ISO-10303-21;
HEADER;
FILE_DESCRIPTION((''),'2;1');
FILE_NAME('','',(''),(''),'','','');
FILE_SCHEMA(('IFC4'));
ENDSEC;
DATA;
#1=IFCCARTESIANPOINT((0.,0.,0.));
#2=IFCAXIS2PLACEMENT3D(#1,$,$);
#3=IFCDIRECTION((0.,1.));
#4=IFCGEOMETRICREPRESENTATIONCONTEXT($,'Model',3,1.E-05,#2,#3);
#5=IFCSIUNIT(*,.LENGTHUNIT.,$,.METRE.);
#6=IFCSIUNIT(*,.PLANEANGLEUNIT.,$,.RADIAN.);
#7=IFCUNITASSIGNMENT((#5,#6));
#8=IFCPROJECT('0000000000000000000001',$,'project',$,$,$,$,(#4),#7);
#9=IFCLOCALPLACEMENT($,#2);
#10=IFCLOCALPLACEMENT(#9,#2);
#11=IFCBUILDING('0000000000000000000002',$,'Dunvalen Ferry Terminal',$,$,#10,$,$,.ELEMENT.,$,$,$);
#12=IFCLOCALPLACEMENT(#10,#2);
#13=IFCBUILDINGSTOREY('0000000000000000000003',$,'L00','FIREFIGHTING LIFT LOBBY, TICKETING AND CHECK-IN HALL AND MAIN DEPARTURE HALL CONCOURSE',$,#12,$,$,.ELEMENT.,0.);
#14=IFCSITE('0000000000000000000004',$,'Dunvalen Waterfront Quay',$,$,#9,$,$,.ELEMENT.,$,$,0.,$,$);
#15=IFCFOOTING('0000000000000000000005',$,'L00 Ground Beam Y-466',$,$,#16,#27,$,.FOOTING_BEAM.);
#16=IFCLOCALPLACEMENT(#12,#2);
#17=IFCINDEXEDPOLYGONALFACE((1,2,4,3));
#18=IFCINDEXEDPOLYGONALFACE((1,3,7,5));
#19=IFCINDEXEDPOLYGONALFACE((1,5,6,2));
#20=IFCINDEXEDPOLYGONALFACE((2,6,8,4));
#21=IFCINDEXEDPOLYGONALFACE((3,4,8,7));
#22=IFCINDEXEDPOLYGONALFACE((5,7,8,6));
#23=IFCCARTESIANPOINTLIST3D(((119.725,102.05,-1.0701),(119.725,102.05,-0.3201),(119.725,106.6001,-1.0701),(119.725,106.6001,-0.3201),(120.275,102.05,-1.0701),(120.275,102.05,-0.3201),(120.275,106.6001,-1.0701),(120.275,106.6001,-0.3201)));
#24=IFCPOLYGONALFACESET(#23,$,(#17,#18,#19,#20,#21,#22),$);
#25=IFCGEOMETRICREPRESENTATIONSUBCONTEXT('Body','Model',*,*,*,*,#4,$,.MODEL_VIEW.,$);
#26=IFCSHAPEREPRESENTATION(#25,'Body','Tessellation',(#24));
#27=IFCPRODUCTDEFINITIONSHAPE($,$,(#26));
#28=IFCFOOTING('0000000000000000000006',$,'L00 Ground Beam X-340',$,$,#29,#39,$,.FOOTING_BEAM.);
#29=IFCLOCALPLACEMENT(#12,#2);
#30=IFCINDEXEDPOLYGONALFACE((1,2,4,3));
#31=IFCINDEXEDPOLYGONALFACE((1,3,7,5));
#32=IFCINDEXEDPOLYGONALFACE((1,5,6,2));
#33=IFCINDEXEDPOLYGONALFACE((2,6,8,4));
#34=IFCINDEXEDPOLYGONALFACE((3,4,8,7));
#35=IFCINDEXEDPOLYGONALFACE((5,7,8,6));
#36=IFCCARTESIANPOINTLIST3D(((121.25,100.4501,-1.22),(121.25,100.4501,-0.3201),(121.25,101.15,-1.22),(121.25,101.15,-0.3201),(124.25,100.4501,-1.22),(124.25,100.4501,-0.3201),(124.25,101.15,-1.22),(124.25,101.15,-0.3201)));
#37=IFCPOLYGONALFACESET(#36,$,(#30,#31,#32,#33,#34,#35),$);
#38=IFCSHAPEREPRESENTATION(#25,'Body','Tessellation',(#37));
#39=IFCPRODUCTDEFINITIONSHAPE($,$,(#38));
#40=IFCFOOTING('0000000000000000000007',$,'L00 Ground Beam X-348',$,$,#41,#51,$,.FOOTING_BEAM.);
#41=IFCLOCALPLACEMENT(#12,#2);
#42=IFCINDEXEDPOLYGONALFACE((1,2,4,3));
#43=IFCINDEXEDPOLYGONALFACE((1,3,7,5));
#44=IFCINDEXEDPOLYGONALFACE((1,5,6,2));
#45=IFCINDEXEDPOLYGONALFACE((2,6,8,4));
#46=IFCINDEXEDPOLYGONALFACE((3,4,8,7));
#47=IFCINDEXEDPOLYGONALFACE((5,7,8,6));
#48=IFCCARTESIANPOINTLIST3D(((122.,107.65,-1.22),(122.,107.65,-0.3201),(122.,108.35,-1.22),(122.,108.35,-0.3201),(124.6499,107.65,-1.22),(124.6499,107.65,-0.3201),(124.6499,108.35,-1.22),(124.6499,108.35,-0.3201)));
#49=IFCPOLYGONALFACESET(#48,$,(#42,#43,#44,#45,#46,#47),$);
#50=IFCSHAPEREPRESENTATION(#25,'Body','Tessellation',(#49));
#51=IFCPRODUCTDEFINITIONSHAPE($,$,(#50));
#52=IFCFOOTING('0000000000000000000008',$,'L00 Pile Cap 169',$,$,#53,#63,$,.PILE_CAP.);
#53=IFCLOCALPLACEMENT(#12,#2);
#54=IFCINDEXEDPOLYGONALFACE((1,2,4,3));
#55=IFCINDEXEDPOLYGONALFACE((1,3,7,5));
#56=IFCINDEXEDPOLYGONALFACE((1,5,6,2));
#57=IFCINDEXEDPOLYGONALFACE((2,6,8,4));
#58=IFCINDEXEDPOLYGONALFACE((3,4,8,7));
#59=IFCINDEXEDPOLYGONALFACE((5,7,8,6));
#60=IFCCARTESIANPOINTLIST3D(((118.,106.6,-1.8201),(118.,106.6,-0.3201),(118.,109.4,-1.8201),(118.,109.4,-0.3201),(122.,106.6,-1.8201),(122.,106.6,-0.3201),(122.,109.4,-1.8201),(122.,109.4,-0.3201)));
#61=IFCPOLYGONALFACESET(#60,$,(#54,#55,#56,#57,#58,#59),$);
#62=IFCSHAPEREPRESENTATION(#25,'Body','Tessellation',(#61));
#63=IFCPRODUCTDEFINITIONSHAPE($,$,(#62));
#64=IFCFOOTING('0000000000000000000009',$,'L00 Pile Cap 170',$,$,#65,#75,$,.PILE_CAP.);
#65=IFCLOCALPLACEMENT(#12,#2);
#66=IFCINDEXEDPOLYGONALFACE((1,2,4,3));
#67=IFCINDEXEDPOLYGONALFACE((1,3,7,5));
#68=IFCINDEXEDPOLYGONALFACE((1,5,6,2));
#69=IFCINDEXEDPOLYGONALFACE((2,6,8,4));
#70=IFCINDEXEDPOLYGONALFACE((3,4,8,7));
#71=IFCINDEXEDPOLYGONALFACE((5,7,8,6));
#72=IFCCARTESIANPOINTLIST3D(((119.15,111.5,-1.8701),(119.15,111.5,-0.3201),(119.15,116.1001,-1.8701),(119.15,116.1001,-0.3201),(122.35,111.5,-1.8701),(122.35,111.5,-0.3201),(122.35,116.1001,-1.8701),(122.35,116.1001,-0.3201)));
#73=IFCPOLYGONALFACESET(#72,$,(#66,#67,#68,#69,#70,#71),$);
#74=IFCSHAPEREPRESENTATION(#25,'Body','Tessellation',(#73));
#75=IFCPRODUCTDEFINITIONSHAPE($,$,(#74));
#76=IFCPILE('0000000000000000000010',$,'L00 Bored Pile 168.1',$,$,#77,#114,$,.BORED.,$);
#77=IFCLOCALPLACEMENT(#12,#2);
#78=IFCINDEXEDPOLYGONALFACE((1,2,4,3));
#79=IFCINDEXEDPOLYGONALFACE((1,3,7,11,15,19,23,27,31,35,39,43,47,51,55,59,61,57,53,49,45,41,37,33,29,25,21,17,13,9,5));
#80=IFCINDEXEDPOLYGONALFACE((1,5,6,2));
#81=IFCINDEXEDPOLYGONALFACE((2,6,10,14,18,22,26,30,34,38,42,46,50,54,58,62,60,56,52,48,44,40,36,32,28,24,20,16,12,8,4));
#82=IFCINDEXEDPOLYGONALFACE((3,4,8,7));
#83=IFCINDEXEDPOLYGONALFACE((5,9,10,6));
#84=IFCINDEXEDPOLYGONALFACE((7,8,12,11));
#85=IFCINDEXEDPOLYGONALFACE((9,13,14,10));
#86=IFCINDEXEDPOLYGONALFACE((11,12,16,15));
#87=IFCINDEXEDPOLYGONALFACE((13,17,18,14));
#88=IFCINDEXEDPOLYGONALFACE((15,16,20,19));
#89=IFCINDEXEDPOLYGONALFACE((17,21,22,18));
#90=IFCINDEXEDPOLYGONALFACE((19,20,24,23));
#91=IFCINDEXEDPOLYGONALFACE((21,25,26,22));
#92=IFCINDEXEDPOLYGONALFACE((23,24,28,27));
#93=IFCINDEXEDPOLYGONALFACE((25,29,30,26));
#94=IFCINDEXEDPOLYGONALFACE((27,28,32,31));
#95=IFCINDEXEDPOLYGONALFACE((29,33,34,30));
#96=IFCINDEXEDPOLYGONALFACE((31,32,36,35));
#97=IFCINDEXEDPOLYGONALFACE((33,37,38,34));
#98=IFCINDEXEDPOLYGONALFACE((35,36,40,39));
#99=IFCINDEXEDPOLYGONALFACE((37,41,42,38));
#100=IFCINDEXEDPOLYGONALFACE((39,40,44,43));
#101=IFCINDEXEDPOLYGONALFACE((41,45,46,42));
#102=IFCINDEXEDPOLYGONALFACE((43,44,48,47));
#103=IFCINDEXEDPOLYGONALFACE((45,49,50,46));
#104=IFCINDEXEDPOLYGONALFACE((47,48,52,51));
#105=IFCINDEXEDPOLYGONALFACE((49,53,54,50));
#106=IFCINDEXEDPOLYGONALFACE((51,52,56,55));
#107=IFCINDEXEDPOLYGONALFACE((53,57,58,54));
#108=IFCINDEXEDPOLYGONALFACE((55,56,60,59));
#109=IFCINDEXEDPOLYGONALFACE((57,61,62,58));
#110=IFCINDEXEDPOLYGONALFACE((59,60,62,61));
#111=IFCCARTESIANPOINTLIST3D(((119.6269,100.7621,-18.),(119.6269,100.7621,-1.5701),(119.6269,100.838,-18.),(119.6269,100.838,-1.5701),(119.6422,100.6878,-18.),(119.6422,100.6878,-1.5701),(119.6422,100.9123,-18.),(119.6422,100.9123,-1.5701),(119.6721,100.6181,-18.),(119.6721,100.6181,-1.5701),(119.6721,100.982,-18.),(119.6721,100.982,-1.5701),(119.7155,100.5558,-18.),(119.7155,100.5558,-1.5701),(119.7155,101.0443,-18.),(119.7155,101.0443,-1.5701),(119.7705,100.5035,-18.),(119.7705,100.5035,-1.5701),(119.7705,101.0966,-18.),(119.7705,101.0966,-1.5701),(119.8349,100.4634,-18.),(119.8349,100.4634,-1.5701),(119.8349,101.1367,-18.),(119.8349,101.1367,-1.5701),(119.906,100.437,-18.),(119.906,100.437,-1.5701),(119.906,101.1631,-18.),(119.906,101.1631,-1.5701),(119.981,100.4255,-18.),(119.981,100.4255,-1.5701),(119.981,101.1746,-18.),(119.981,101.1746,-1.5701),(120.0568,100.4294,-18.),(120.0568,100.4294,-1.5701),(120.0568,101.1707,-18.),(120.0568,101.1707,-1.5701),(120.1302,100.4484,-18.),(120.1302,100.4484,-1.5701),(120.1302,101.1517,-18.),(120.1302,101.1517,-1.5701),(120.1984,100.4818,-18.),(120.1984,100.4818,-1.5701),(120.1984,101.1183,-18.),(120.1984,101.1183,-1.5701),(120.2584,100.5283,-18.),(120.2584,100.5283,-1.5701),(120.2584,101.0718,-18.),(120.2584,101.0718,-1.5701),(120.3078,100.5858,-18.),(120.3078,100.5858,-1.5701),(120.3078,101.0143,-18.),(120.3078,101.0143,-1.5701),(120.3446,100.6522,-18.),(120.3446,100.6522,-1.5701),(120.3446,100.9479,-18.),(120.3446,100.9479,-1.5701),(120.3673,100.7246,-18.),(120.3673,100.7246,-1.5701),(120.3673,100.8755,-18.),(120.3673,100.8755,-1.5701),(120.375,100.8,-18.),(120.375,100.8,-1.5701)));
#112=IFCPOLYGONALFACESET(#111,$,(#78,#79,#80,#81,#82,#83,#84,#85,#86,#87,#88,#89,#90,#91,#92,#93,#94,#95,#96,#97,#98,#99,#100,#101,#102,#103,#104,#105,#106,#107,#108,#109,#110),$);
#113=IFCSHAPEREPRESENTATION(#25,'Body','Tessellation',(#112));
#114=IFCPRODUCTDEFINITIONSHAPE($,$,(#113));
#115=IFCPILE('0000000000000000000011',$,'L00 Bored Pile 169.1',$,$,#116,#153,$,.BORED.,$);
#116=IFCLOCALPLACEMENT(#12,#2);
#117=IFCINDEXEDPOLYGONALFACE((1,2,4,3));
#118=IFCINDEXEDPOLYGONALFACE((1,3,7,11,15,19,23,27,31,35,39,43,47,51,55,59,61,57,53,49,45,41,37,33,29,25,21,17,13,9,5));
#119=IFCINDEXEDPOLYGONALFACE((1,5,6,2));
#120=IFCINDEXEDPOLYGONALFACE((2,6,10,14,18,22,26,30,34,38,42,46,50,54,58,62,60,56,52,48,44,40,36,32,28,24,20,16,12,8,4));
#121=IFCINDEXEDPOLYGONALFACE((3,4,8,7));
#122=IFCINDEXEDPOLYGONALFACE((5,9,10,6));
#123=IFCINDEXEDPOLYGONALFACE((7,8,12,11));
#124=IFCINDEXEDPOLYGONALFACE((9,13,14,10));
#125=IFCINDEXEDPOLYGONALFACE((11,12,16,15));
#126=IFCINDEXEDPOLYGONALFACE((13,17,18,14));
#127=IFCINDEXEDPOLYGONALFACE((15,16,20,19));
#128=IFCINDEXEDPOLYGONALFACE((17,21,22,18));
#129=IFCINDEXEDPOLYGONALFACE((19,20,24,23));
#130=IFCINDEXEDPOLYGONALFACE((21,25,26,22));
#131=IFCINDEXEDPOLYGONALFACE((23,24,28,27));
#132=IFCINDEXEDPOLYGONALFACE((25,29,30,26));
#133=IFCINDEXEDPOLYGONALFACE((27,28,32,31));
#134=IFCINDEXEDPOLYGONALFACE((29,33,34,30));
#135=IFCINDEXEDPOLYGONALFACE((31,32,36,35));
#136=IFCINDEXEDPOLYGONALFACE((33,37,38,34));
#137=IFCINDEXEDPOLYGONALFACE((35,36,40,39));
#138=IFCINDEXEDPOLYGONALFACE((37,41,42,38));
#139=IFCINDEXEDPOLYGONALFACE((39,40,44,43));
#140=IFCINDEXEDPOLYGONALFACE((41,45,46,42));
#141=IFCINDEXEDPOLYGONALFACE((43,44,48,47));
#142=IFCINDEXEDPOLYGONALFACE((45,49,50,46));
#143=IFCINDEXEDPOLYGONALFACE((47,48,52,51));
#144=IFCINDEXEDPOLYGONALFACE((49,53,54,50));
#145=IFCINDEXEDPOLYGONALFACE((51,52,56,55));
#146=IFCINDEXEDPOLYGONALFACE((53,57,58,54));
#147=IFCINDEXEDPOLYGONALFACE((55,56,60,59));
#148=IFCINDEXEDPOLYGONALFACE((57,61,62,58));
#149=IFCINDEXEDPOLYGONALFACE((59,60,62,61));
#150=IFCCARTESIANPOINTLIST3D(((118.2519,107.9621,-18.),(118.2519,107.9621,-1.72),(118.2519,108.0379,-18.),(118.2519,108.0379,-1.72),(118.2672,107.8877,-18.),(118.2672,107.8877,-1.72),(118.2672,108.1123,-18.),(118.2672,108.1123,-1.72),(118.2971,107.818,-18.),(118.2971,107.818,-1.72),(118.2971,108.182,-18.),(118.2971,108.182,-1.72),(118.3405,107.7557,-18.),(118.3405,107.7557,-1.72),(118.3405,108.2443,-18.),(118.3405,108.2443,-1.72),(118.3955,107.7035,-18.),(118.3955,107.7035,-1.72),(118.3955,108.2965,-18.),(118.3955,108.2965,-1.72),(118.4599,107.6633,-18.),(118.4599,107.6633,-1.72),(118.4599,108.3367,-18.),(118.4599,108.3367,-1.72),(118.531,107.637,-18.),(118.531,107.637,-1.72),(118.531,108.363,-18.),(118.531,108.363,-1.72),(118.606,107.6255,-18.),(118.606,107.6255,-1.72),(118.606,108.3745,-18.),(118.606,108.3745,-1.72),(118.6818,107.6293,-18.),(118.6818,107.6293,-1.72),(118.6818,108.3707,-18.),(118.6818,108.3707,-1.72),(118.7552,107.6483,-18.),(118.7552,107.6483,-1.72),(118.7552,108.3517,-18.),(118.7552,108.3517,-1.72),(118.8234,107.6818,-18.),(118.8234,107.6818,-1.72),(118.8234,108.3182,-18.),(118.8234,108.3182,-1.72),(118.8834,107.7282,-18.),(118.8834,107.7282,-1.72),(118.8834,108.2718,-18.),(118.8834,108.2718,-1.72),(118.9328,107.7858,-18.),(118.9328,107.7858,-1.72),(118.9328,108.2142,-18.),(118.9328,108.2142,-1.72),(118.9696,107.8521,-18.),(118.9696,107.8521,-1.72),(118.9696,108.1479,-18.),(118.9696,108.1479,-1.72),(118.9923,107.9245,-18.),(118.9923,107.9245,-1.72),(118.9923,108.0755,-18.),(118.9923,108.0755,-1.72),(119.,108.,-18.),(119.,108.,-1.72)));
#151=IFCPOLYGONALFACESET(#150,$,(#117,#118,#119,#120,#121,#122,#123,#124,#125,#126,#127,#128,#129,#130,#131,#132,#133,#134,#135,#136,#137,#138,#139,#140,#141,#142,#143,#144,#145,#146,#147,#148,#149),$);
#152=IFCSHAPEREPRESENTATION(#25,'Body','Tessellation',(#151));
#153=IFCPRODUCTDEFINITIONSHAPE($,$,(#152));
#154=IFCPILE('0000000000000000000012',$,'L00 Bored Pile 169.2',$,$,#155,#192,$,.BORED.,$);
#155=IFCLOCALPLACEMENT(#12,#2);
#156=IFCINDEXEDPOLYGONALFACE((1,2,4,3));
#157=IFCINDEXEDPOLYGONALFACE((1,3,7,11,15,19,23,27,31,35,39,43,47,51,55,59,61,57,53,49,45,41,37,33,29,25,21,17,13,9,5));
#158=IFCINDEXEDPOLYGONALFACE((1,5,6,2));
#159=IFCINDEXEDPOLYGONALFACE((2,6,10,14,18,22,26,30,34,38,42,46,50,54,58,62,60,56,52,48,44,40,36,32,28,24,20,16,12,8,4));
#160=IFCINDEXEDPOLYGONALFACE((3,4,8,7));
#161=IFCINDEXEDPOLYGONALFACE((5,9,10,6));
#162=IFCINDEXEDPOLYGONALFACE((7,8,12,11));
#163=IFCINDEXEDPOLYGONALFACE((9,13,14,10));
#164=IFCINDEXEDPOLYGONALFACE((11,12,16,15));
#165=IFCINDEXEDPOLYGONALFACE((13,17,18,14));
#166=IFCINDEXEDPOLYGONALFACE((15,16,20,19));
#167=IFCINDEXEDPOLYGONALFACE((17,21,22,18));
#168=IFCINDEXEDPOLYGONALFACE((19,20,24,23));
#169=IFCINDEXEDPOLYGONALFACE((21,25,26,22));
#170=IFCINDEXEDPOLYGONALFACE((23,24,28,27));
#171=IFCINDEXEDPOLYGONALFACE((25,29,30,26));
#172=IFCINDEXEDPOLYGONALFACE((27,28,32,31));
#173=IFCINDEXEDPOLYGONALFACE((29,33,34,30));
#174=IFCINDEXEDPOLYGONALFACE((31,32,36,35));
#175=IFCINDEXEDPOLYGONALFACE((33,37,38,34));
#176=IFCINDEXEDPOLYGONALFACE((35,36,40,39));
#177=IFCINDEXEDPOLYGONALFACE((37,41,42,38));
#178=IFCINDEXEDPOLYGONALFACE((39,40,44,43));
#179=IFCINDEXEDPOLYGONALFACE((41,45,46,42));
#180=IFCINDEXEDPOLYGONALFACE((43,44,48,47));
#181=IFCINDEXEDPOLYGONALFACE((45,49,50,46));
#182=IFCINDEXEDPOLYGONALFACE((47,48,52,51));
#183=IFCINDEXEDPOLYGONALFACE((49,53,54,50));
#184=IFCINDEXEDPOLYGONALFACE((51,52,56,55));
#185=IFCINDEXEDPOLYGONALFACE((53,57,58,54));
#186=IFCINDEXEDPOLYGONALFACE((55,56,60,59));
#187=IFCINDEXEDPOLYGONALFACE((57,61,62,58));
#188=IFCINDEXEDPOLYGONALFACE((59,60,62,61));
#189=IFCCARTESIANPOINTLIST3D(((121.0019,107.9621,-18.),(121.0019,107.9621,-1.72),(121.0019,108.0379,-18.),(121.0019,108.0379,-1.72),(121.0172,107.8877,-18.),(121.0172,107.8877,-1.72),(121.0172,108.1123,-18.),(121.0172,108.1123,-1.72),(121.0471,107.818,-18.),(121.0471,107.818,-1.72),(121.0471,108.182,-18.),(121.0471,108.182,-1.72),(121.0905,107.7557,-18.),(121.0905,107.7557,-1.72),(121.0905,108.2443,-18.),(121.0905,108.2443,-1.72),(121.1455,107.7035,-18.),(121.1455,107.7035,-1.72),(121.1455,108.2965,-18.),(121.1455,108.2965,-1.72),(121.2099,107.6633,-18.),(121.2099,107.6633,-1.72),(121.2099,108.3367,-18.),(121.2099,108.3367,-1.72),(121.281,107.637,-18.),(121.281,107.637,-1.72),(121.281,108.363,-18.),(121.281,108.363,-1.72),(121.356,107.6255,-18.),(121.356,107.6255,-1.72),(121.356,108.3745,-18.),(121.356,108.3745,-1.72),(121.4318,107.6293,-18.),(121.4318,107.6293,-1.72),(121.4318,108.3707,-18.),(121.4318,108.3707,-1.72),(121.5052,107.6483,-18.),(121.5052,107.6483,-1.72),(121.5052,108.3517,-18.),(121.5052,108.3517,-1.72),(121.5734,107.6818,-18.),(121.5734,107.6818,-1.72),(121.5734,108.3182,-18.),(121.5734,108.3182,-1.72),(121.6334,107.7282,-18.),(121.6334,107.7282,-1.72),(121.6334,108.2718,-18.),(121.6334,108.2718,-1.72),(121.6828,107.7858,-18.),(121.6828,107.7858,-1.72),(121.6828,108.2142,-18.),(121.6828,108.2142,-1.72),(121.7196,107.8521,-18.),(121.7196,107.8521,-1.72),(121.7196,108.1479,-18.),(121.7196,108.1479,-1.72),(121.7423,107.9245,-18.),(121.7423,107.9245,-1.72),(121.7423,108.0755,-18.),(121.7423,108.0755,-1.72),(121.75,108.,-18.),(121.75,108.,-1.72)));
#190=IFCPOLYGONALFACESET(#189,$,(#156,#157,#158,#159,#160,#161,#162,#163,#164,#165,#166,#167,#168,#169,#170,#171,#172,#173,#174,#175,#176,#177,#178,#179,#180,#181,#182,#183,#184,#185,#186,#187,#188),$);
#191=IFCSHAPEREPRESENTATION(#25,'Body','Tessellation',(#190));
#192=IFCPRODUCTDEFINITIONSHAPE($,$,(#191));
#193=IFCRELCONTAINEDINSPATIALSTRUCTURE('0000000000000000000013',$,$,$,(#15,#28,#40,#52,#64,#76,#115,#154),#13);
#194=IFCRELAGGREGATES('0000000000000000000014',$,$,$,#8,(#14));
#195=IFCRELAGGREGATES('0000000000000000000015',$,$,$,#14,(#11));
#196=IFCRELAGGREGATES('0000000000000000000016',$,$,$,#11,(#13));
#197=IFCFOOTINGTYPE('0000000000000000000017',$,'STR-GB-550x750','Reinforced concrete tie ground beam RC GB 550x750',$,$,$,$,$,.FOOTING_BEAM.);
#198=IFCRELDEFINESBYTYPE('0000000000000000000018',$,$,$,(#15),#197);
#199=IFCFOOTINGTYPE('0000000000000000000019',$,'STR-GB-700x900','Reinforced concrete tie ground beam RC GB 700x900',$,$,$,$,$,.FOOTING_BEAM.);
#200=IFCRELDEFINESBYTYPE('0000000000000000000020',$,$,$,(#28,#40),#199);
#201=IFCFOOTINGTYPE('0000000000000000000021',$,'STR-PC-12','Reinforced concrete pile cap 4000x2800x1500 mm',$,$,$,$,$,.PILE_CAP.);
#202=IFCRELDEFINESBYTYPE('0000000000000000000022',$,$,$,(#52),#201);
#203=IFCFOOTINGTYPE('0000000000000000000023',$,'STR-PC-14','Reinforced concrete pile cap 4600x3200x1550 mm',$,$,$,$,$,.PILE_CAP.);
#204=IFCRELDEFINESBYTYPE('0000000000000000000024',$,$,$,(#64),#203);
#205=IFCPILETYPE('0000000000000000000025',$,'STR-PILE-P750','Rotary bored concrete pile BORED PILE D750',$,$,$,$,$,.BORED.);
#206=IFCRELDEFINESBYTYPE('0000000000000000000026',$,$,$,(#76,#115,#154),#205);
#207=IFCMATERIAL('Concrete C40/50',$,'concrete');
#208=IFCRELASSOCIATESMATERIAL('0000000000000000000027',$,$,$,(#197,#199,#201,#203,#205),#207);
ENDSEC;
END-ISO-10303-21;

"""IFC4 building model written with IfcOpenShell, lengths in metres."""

from ifc_helpers import new_model, si_unit, direction, frame, origin, origin_2d, place, context, subcontext, project, spatial, rectangle, circle, extrude, material, material_profile, profile_set, type_object, element, save


model = new_model("IFC4")

# Units and contexts
model_context = context("Model", 3, precision=1e-05, world=origin(), true_north=direction((0.0, 1.0)))
body_context = subcontext(model_context, "Body", "Model", "MODEL_VIEW")
ifc_project = project(units=[si_unit("LENGTHUNIT", "METRE"), si_unit("PLANEANGLEUNIT", "RADIAN")], contexts=[model_context])

# Site, building, storey
site_placement = place(None, origin())
site = spatial("IfcSite", under=ifc_project, at=site_placement, Name="Dunvalen Waterfront Quay", CompositionType="ELEMENT", RefElevation=0.0)
building_placement = place(site_placement, origin())
building = spatial("IfcBuilding", under=site, at=building_placement, Name="Dunvalen Ferry Terminal", CompositionType="ELEMENT")
storey_placement = place(building_placement, origin())
storey = spatial("IfcBuildingStorey", under=building, at=storey_placement, Name="L00", Description="FIREFIGHTING LIFT LOBBY, TICKETING AND CHECK-IN HALL AND MAIN DEPARTURE HALL CONCOURSE", CompositionType="ELEMENT", Elevation=0.0)

# Footings
ifc_material_1 = material(Name="Concrete C40/50", Category="concrete")
ifc_material_profile_1 = material_profile(ifc_material_1, rectangle(XDim=0.55, YDim=0.75, at=origin_2d()), Name="Concrete C40/50")
ifc_profile_set_1 = profile_set([ifc_material_profile_1], Name="Concrete C40/50")
footing_type_1 = type_object("IfcFootingType", Name="STR-GB-550x750", Description="Reinforced concrete tie ground beam RC GB 550x750", PredefinedType="FOOTING_BEAM", material=ifc_profile_set_1)
footing_1_placement = place(storey_placement, frame((120.0, 102.05, -0.6951), z_axis=(0.0, 1.0, 0.0), x_axis=(-1.0, 0.0, 0.0)))
element("IfcFooting", 1, at=footing_1_placement, inside=storey, type_object=footing_type_1, Name="L00 Ground Beam Y-466", PredefinedType="FOOTING_BEAM", context=body_context, shape_type="SweptSolid", body=[
    extrude(rectangle(XDim=0.55, YDim=0.75, at=origin_2d()), origin(), (0.0, 0.0, 1.0), 4.55),
])
ifc_material_profile_2 = material_profile(ifc_material_1, rectangle(XDim=0.7, YDim=0.8999, at=origin_2d()), Name="Concrete C40/50")
ifc_profile_set_2 = profile_set([ifc_material_profile_2], Name="Concrete C40/50")
footing_type_2 = type_object("IfcFootingType", Name="STR-GB-700x900", Description="Reinforced concrete tie ground beam RC GB 700x900", PredefinedType="FOOTING_BEAM", material=ifc_profile_set_2)
footing_2_placement = place(storey_placement, frame((121.25, 100.8, -0.77), z_axis=(1.0, 0.0, 0.0), x_axis=(0.0, 1.0, 0.0)))
element("IfcFooting", 2, at=footing_2_placement, inside=storey, type_object=footing_type_2, Name="L00 Ground Beam X-340", PredefinedType="FOOTING_BEAM", context=body_context, shape_type="SweptSolid", body=[
    extrude(rectangle(XDim=0.7, YDim=0.8999, at=origin_2d()), origin(), (0.0, 0.0, 1.0), 3.0),
])
footing_3_placement = place(storey_placement, frame((122.0, 108.0, -0.77), z_axis=(1.0, 0.0, 0.0), x_axis=(0.0, 1.0, 0.0)))
element("IfcFooting", 3, at=footing_3_placement, inside=storey, type_object=footing_type_2, Name="L00 Ground Beam X-348", PredefinedType="FOOTING_BEAM", context=body_context, shape_type="SweptSolid", body=[
    extrude(rectangle(XDim=0.7, YDim=0.8999, at=origin_2d()), origin(), (0.0, 0.0, 1.0), 2.6499),
])
footing_type_3 = type_object("IfcFootingType", Name="STR-PC-12", Description="Reinforced concrete pile cap 4000x2800x1500 mm", PredefinedType="PILE_CAP", material=ifc_material_1)
footing_4_placement = place(storey_placement, frame((120.0, 108.0, -1.8201), z_axis=(0.0, 0.0, 1.0), x_axis=(1.0, 0.0, 0.0)))
element("IfcFooting", 4, at=footing_4_placement, inside=storey, type_object=footing_type_3, Name="L00 Pile Cap 169", PredefinedType="PILE_CAP", context=body_context, shape_type="SweptSolid", body=[
    extrude(rectangle(XDim=4.0, YDim=2.8, at=origin_2d()), origin(), (0.0, 0.0, 1.0), 1.5),
])
footing_type_4 = type_object("IfcFootingType", Name="STR-PC-14", Description="Reinforced concrete pile cap 4600x3200x1550 mm", PredefinedType="PILE_CAP", material=ifc_material_1)
footing_5_placement = place(storey_placement, frame((120.75, 113.8, -1.8701), z_axis=(0.0, 0.0, 1.0), x_axis=(0.0, 1.0, 0.0)))
element("IfcFooting", 5, at=footing_5_placement, inside=storey, type_object=footing_type_4, Name="L00 Pile Cap 170", PredefinedType="PILE_CAP", context=body_context, shape_type="SweptSolid", body=[
    extrude(rectangle(XDim=4.6001, YDim=3.2, at=origin_2d()), origin(), (0.0, 0.0, 1.0), 1.55),
])

# Piles
ifc_material_profile_3 = material_profile(ifc_material_1, circle(Radius=0.375, at=origin_2d()), Name="Concrete C40/50")
ifc_profile_set_3 = profile_set([ifc_material_profile_3], Name="Concrete C40/50")
pile_type_1 = type_object("IfcPileType", Name="STR-PILE-P750", Description="Rotary bored concrete pile BORED PILE D750", PredefinedType="BORED", material=ifc_profile_set_3)
pile_placement = place(storey_placement, frame((120.0, 100.8, -1.5701), z_axis=(0.0, 0.0, -1.0), x_axis=(1.0, 0.0, 0.0)))
element("IfcPile", 6, at=pile_placement, inside=storey, type_object=pile_type_1, Name="L00 Bored Pile 168.1", PredefinedType="BORED", context=body_context, shape_type="SweptSolid", body=[
    extrude(circle(Radius=0.375, at=origin_2d()), origin(), (0.0, 0.0, 1.0), 16.4299),
])
for number, where, z_axis, x_axis, name in (
    (7, (118.625, 108.0, -1.72), (0.0, 0.0, -1.0), (1.0, 0.0, 0.0), "L00 Bored Pile 169.1"),
    (8, (121.375, 108.0, -1.72), (0.0, 0.0, -1.0), (1.0, 0.0, 0.0), "L00 Bored Pile 169.2"),
):
    element("IfcPile", number, at=place(storey_placement, frame(where, z_axis=z_axis, x_axis=x_axis)), inside=storey, type_object=pile_type_1, Name=name, PredefinedType="BORED", context=body_context, shape_type="SweptSolid", body=[
        extrude(circle(Radius=0.375, at=origin_2d()), origin(), (0.0, 0.0, 1.0), 16.28),
    ])

save(model, "model.ifc")
